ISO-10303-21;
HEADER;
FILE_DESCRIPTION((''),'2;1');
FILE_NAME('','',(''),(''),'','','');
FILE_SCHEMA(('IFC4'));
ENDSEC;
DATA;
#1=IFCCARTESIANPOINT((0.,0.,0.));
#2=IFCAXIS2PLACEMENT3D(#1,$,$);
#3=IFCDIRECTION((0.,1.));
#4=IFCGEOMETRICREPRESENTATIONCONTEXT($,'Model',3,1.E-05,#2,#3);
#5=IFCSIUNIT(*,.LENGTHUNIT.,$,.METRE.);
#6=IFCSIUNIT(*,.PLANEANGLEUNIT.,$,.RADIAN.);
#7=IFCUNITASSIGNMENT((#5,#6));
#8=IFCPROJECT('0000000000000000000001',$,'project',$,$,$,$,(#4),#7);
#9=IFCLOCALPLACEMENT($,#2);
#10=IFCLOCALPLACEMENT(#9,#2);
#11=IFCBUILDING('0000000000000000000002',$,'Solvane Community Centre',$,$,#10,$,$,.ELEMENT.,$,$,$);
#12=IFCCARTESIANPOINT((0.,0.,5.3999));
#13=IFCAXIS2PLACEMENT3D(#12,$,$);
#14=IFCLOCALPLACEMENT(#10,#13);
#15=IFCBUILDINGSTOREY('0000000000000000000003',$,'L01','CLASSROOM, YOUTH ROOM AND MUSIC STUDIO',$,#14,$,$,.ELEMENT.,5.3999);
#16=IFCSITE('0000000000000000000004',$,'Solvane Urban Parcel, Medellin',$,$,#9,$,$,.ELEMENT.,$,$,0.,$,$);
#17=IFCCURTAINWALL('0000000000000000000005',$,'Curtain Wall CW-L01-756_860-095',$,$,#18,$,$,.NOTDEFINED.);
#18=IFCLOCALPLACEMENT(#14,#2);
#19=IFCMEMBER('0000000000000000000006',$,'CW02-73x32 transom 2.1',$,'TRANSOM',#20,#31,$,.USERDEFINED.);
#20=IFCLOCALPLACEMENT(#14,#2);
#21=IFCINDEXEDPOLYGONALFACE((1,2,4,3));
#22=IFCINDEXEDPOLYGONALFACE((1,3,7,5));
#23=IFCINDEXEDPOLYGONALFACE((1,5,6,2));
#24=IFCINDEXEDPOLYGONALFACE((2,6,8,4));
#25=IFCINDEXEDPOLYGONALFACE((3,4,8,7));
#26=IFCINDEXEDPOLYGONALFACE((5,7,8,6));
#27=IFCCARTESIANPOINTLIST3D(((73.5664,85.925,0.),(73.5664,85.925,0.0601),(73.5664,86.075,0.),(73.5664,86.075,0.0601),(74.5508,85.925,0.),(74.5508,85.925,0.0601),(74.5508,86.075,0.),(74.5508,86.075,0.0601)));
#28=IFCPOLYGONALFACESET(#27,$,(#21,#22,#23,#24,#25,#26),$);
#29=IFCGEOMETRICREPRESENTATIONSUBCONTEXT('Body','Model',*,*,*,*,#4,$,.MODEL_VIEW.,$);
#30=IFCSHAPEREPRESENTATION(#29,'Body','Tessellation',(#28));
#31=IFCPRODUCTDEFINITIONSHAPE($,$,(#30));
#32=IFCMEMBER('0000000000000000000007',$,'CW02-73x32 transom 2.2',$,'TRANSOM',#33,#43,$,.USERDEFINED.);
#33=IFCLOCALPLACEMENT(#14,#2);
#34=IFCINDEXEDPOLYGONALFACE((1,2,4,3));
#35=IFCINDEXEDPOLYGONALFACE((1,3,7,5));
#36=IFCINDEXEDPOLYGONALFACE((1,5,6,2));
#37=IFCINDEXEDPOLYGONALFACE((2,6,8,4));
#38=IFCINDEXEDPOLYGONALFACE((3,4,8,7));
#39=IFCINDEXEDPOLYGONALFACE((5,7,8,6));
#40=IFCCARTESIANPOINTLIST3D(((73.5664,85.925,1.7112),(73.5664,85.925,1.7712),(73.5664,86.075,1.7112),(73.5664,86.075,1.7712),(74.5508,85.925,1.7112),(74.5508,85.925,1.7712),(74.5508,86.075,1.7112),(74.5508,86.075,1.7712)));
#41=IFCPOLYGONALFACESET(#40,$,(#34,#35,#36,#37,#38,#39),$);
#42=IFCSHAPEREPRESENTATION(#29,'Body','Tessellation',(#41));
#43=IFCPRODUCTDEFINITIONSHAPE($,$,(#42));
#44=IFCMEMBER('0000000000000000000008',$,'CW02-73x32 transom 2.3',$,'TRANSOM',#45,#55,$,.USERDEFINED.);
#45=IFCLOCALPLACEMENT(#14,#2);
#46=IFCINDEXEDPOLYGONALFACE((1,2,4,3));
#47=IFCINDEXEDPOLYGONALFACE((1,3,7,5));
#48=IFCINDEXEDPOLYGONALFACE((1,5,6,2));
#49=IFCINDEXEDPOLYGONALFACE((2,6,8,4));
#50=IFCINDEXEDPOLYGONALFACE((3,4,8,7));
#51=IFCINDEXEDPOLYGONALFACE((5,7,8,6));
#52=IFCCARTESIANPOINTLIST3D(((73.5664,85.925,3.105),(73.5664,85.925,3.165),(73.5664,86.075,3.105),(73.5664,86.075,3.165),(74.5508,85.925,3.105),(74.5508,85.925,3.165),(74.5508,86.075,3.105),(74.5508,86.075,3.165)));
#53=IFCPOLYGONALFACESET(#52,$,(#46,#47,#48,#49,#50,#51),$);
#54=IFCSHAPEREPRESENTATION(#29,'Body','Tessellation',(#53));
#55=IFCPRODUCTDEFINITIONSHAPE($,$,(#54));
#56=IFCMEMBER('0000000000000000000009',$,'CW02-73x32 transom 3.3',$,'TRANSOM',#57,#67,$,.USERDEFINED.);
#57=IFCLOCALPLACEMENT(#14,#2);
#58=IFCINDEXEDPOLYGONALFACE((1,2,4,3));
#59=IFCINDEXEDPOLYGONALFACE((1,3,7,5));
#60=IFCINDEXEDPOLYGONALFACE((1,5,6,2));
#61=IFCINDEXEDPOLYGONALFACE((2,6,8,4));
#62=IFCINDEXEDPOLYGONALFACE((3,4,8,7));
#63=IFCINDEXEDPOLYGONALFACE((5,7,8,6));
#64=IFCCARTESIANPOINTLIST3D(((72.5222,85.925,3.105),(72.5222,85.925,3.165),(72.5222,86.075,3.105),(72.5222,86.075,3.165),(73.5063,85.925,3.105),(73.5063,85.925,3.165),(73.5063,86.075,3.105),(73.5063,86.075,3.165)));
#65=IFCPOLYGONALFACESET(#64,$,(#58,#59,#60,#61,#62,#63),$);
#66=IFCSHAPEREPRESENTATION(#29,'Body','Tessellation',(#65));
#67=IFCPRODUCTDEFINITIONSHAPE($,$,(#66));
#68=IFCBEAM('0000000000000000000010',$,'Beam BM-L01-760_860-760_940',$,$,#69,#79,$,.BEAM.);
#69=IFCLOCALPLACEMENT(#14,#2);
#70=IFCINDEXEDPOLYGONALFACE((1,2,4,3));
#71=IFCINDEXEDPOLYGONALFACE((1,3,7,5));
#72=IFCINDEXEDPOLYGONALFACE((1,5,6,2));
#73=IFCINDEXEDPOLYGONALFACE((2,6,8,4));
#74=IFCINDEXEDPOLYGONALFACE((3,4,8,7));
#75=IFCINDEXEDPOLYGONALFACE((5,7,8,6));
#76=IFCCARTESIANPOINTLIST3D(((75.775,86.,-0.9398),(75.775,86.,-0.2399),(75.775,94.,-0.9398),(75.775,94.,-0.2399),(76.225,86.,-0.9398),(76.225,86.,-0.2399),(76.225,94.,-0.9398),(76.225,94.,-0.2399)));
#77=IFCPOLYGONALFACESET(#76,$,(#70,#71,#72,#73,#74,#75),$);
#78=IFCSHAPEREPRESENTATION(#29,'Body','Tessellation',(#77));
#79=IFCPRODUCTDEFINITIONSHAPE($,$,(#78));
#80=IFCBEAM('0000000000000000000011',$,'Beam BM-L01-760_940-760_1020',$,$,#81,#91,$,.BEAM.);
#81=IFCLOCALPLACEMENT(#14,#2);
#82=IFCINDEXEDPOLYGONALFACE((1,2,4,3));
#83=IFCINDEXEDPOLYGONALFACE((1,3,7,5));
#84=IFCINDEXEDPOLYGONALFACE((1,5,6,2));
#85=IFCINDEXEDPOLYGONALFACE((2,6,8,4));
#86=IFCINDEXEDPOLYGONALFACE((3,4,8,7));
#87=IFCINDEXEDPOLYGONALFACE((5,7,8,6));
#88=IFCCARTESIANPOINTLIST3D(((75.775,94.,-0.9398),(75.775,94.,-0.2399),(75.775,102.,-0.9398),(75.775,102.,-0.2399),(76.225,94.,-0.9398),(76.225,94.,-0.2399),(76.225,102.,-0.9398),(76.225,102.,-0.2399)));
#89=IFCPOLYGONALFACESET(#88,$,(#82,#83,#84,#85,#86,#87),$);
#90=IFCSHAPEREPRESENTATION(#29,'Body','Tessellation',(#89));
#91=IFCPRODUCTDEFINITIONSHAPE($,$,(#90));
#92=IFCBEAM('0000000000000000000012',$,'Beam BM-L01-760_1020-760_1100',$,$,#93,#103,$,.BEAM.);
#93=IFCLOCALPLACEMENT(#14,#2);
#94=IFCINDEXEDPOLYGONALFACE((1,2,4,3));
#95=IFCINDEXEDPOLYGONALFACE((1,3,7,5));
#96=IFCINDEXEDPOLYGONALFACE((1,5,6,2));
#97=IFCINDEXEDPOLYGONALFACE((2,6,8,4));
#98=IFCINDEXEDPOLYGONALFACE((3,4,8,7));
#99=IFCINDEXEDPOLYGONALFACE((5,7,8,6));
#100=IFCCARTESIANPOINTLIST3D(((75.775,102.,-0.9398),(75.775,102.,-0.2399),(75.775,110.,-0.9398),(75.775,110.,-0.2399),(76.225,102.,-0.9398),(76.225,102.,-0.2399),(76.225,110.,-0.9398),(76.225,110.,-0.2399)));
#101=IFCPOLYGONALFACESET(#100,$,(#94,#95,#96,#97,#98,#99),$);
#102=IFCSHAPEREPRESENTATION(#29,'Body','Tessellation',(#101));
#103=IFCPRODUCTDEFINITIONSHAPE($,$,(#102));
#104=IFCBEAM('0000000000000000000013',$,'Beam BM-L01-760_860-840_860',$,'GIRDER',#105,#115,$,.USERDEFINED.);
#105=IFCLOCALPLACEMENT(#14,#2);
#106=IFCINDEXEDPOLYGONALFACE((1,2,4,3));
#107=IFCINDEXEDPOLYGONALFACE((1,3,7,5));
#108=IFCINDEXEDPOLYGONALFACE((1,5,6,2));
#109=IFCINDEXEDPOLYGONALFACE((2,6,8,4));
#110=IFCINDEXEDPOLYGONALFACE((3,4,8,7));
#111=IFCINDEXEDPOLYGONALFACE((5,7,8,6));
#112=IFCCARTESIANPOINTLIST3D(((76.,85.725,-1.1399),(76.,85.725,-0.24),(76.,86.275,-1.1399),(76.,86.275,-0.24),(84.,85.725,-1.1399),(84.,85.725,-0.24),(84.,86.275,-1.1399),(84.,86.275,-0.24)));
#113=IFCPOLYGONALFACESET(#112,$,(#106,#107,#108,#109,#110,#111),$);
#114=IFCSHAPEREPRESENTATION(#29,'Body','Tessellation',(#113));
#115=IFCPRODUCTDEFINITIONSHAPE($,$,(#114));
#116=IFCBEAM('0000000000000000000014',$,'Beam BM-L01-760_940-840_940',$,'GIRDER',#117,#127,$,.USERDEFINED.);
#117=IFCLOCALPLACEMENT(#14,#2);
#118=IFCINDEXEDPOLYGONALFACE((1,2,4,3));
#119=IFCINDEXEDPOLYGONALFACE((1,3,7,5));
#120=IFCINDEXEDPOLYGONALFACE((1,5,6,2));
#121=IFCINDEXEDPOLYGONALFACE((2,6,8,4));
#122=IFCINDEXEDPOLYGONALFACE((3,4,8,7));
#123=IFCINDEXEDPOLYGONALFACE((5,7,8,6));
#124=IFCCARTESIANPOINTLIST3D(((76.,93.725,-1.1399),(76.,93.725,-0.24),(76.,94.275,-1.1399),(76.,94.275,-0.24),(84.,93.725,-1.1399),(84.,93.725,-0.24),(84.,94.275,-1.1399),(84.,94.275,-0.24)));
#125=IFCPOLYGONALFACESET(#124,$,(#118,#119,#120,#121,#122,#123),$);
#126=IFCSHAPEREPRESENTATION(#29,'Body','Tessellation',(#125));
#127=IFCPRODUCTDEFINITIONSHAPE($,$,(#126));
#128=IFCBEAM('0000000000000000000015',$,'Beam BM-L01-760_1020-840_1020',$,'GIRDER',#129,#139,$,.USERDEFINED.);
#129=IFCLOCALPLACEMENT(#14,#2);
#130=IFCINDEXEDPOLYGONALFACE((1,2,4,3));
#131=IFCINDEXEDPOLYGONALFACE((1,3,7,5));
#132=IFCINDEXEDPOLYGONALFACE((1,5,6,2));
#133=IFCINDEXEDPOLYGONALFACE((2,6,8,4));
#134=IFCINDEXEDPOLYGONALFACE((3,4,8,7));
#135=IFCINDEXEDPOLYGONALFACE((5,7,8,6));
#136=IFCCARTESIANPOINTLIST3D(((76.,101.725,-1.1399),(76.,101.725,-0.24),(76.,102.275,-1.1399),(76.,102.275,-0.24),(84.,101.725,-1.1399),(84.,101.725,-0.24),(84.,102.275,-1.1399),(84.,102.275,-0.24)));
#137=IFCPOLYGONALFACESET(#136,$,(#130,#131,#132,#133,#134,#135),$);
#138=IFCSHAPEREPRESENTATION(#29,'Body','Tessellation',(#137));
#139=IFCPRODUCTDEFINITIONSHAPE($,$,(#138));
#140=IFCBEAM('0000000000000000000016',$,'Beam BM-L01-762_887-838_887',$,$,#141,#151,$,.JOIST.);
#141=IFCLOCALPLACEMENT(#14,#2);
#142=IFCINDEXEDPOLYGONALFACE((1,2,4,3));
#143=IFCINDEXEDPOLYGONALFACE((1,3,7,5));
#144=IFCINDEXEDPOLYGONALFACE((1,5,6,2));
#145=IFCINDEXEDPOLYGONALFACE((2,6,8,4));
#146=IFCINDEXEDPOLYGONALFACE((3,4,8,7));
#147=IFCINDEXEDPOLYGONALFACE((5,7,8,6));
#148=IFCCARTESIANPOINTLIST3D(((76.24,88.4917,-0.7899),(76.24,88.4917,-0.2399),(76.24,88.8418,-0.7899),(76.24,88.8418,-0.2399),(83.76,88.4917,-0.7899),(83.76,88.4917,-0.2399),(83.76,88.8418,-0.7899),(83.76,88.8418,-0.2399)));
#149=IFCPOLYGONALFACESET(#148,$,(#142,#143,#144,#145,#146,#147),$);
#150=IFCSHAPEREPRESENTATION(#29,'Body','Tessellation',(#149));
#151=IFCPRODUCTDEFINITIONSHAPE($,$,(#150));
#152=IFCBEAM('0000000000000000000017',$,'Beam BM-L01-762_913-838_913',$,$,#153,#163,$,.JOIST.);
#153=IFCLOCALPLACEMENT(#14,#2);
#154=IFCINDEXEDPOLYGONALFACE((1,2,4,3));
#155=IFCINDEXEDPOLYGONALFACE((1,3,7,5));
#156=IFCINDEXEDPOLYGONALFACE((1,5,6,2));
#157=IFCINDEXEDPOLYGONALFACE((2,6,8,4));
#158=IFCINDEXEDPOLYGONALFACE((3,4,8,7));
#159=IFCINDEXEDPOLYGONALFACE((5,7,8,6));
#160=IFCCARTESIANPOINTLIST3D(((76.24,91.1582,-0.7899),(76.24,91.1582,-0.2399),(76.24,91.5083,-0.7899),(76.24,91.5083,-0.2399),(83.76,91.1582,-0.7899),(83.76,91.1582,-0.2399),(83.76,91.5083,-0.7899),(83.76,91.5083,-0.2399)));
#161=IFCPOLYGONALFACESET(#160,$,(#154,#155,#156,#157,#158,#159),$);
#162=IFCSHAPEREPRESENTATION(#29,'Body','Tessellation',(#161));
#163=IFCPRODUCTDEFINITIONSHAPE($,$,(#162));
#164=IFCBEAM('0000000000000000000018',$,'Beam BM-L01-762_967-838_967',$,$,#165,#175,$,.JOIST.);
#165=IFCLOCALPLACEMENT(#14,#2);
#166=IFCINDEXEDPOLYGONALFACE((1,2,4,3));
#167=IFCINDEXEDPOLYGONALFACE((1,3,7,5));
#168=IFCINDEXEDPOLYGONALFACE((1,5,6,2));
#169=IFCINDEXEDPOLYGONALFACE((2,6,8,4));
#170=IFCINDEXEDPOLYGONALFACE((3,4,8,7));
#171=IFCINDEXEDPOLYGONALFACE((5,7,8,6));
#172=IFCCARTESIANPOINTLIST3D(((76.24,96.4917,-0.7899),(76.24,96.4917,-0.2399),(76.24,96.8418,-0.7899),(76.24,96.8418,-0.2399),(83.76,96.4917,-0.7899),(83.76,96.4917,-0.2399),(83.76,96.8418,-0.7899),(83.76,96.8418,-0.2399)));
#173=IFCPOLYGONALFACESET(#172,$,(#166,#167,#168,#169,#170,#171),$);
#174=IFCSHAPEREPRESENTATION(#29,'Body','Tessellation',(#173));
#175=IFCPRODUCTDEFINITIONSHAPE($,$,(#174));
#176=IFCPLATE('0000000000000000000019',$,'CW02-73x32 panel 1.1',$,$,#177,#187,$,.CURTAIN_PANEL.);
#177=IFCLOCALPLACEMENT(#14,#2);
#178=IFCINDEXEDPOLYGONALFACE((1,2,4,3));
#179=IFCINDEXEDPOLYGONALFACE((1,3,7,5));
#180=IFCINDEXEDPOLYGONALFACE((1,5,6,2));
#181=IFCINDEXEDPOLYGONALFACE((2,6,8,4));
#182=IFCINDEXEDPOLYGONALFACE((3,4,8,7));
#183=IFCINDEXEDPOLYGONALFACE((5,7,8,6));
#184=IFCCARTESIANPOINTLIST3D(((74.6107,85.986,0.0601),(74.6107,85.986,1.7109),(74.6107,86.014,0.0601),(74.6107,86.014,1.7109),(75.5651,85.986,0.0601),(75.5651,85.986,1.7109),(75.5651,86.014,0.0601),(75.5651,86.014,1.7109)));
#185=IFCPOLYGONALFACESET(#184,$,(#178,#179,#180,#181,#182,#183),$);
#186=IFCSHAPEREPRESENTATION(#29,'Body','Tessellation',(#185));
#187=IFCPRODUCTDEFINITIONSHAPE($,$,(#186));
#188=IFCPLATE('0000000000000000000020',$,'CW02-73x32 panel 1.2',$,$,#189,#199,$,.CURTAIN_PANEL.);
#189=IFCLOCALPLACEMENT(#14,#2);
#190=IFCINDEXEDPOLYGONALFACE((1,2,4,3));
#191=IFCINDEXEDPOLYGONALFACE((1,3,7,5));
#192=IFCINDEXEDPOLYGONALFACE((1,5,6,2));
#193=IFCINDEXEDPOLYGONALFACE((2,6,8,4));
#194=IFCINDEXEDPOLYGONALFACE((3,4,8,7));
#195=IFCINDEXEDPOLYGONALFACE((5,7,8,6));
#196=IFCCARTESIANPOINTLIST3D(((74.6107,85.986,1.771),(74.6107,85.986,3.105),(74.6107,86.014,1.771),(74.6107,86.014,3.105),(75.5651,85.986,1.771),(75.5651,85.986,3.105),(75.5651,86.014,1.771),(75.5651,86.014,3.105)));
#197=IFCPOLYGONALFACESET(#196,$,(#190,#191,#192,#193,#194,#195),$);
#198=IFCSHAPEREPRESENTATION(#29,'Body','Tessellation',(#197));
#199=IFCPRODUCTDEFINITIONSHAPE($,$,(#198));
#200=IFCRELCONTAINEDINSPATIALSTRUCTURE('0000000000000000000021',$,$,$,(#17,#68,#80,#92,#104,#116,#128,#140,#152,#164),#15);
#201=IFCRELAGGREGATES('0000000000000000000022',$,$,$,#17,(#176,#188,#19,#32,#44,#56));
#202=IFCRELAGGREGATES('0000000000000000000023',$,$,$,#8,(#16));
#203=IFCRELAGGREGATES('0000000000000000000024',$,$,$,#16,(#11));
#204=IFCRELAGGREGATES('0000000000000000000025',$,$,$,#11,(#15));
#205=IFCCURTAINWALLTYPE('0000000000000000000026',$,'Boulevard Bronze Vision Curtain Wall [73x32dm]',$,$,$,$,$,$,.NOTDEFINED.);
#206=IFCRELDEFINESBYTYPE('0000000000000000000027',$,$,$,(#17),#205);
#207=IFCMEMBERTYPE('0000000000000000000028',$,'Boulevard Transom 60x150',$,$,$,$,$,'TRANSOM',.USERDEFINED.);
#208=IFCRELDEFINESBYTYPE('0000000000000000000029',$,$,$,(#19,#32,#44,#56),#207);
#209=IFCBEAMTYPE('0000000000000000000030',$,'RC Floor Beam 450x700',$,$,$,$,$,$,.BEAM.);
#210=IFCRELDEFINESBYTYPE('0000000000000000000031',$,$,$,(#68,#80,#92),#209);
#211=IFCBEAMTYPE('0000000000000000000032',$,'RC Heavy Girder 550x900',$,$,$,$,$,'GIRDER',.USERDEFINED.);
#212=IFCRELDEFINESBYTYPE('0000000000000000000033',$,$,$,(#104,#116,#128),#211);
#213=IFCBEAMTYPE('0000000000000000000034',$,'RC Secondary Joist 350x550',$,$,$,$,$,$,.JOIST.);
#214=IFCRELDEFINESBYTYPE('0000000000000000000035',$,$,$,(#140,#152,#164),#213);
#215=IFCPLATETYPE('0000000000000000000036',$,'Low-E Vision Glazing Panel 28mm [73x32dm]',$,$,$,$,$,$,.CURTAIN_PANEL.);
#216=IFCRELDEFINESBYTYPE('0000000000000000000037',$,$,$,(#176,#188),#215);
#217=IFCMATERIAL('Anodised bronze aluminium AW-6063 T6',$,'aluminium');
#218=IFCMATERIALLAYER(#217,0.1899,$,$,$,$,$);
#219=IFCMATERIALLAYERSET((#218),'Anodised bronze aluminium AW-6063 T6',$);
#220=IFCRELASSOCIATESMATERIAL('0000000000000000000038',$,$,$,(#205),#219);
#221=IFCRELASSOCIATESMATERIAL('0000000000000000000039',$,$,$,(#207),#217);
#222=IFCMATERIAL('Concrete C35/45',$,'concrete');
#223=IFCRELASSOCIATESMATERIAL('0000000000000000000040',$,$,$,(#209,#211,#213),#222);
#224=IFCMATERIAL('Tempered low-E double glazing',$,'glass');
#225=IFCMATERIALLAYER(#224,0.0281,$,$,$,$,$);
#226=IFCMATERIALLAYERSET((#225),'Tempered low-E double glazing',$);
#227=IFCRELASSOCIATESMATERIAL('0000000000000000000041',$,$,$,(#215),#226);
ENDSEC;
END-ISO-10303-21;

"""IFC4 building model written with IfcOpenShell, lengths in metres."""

from ifc_helpers import new_model, si_unit, direction, frame, origin, origin_2d, place, context, subcontext, project, spatial, rectangle, extrude, material, layer, layer_set, material_profile, profile_set, type_object, element, aggregate, save


model = new_model("IFC4")

# Units and contexts
model_context = context("Model", 3, precision=1e-05, world=origin(), true_north=direction((0.0, 1.0)))
body_context = subcontext(model_context, "Body", "Model", "MODEL_VIEW")
ifc_project = project(units=[si_unit("LENGTHUNIT", "METRE"), si_unit("PLANEANGLEUNIT", "RADIAN")], contexts=[model_context])

# Site, building, storey
site_placement = place(None, origin())
site = spatial("IfcSite", under=ifc_project, at=site_placement, Name="Solvane Urban Parcel, Medellin", CompositionType="ELEMENT", RefElevation=0.0)
building_placement = place(site_placement, origin())
building = spatial("IfcBuilding", under=site, at=building_placement, Name="Solvane Community Centre", CompositionType="ELEMENT")
storey_placement = place(building_placement, frame((0.0, 0.0, 5.3999)))
storey = spatial("IfcBuildingStorey", under=building, at=storey_placement, Name="L01", Description="CLASSROOM, YOUTH ROOM AND MUSIC STUDIO", CompositionType="ELEMENT", Elevation=5.3999)

# Shared definitions
ifc_material_1 = material(Name="Concrete C35/45", Category="concrete")

# Curtain wall, members
ifc_material_2 = material(Name="Anodised bronze aluminium AW-6063 T6", Category="aluminium")
ifc_layer_1 = layer(ifc_material_2, 0.1899)
ifc_layer_set_1 = layer_set([ifc_layer_1], Name="Anodised bronze aluminium AW-6063 T6")
curtain_wall_type = type_object("IfcCurtainWallType", Name="Boulevard Bronze Vision Curtain Wall [73x32dm]", PredefinedType="NOTDEFINED", material=ifc_layer_set_1)
curtain_wall_placement = place(storey_placement, origin())
curtain_wall = element("IfcCurtainWall", 1, at=curtain_wall_placement, inside=storey, type_object=curtain_wall_type, Name="Curtain Wall CW-L01-756_860-095", PredefinedType="NOTDEFINED")
ifc_material_profile_1 = material_profile(ifc_material_2, rectangle(XDim=0.1499, YDim=0.0601, at=origin_2d()), Name="CW-T 60x150")
ifc_profile_set_1 = profile_set([ifc_material_profile_1], Name="Anodised bronze aluminium AW-6063 T6")
member_type_1 = type_object("IfcMemberType", Name="Boulevard Transom 60x150", ElementType="TRANSOM", PredefinedType="USERDEFINED", material=ifc_profile_set_1)
member_1_placement = place(storey_placement, frame((74.5508, 86.0, 0.03), z_axis=(-1.0, 0.0, 0.0), x_axis=(0.0, -1.0, 0.0)))
member_1 = element("IfcMember", 2, at=member_1_placement, type_object=member_type_1, Name="CW02-73x32 transom 2.1", ObjectType="TRANSOM", PredefinedType="USERDEFINED", context=body_context, shape_type="SweptSolid", body=[
    extrude(rectangle(XDim=0.1499, YDim=0.0601, at=origin_2d()), origin(), (0.0, 0.0, 1.0), 0.9844),
])
member_2_placement = place(storey_placement, frame((74.5508, 86.0, 1.7412), z_axis=(-1.0, 0.0, 0.0), x_axis=(0.0, -1.0, 0.0)))
member_2 = element("IfcMember", 3, at=member_2_placement, type_object=member_type_1, Name="CW02-73x32 transom 2.2", ObjectType="TRANSOM", PredefinedType="USERDEFINED", context=body_context, shape_type="SweptSolid", body=[
    extrude(rectangle(XDim=0.1499, YDim=0.0601, at=origin_2d()), origin(), (0.0, 0.0, 1.0), 0.9844),
])
member_3_placement = place(storey_placement, frame((74.5508, 86.0, 3.135), z_axis=(-1.0, 0.0, 0.0), x_axis=(0.0, -1.0, 0.0)))
member_3 = element("IfcMember", 4, at=member_3_placement, type_object=member_type_1, Name="CW02-73x32 transom 2.3", ObjectType="TRANSOM", PredefinedType="USERDEFINED", context=body_context, shape_type="SweptSolid", body=[
    extrude(rectangle(XDim=0.1499, YDim=0.0601, at=origin_2d()), origin(), (0.0, 0.0, 1.0), 0.9844),
])
member_4_placement = place(storey_placement, frame((73.5063, 86.0, 3.135), z_axis=(-1.0, 0.0, 0.0), x_axis=(0.0, -1.0, 0.0)))
member_4 = element("IfcMember", 5, at=member_4_placement, type_object=member_type_1, Name="CW02-73x32 transom 3.3", ObjectType="TRANSOM", PredefinedType="USERDEFINED", context=body_context, shape_type="SweptSolid", body=[
    extrude(rectangle(XDim=0.1499, YDim=0.0601, at=origin_2d()), origin(), (0.0, 0.0, 1.0), 0.9841),
])

# Beams
ifc_material_profile_2 = material_profile(ifc_material_1, rectangle(XDim=0.45, YDim=0.7, at=origin_2d()), Name="RC 450x700")
ifc_profile_set_2 = profile_set([ifc_material_profile_2], Name="Concrete C35/45")
beam_type_1 = type_object("IfcBeamType", Name="RC Floor Beam 450x700", PredefinedType="BEAM", material=ifc_profile_set_2)
for number, where, z_axis, x_axis, name in (
    (6, (76.0, 86.0, -0.5898), (0.0, 1.0, 0.0), (-1.0, 0.0, 0.0), "Beam BM-L01-760_860-760_940"),
    (7, (76.0, 94.0, -0.5898), (0.0, 1.0, 0.0), (-1.0, 0.0, 0.0), "Beam BM-L01-760_940-760_1020"),
    (8, (76.0, 102.0, -0.5898), (0.0, 1.0, 0.0), (-1.0, 0.0, 0.0), "Beam BM-L01-760_1020-760_1100"),
):
    element("IfcBeam", number, at=place(storey_placement, frame(where, z_axis=z_axis, x_axis=x_axis)), inside=storey, type_object=beam_type_1, Name=name, PredefinedType="BEAM", context=body_context, shape_type="SweptSolid", body=[
        extrude(rectangle(XDim=0.45, YDim=0.7, at=origin_2d()), origin(), (0.0, 0.0, 1.0), 8.0),
    ])
ifc_material_profile_3 = material_profile(ifc_material_1, rectangle(XDim=0.55, YDim=0.8999, at=origin_2d()), Name="RC 550x900")
ifc_profile_set_3 = profile_set([ifc_material_profile_3], Name="Concrete C35/45")
beam_type_2 = type_object("IfcBeamType", Name="RC Heavy Girder 550x900", ElementType="GIRDER", PredefinedType="USERDEFINED", material=ifc_profile_set_3)
for number, where, z_axis, x_axis, name in (
    (9, (76.0, 86.0, -0.6899), (1.0, 0.0, 0.0), (0.0, 1.0, 0.0), "Beam BM-L01-760_860-840_860"),
    (10, (76.0, 94.0, -0.6899), (1.0, 0.0, 0.0), (0.0, 1.0, 0.0), "Beam BM-L01-760_940-840_940"),
    (11, (76.0, 102.0, -0.6899), (1.0, 0.0, 0.0), (0.0, 1.0, 0.0), "Beam BM-L01-760_1020-840_1020"),
):
    element("IfcBeam", number, at=place(storey_placement, frame(where, z_axis=z_axis, x_axis=x_axis)), inside=storey, type_object=beam_type_2, Name=name, ObjectType="GIRDER", PredefinedType="USERDEFINED", context=body_context, shape_type="SweptSolid", body=[
        extrude(rectangle(XDim=0.55, YDim=0.8999, at=origin_2d()), origin(), (0.0, 0.0, 1.0), 8.0),
    ])
ifc_material_profile_4 = material_profile(ifc_material_1, rectangle(XDim=0.3501, YDim=0.55, at=origin_2d()), Name="RC 350x550")
ifc_profile_set_4 = profile_set([ifc_material_profile_4], Name="Concrete C35/45")
beam_type_3 = type_object("IfcBeamType", Name="RC Secondary Joist 350x550", PredefinedType="JOIST", material=ifc_profile_set_4)
for number, where, z_axis, x_axis, name in (
    (12, (76.24, 88.6667, -0.5149), (1.0, 0.0, 0.0), (0.0, 1.0, 0.0), "Beam BM-L01-762_887-838_887"),
    (13, (76.24, 91.3333, -0.5149), (1.0, 0.0, 0.0), (0.0, 1.0, 0.0), "Beam BM-L01-762_913-838_913"),
    (14, (76.24, 96.6667, -0.5149), (1.0, 0.0, 0.0), (0.0, 1.0, 0.0), "Beam BM-L01-762_967-838_967"),
):
    element("IfcBeam", number, at=place(storey_placement, frame(where, z_axis=z_axis, x_axis=x_axis)), inside=storey, type_object=beam_type_3, Name=name, PredefinedType="JOIST", context=body_context, shape_type="SweptSolid", body=[
        extrude(rectangle(XDim=0.3501, YDim=0.55, at=origin_2d()), origin(), (0.0, 0.0, 1.0), 7.52),
    ])

# Plates
ifc_material_3 = material(Name="Tempered low-E double glazing", Category="glass")
ifc_layer_2 = layer(ifc_material_3, 0.0281)
ifc_layer_set_2 = layer_set([ifc_layer_2], Name="Tempered low-E double glazing")
plate_type = type_object("IfcPlateType", Name="Low-E Vision Glazing Panel 28mm [73x32dm]", PredefinedType="CURTAIN_PANEL", material=ifc_layer_set_2)
plate_1_placement = place(storey_placement, frame((75.0879, 86.0, 0.0601), z_axis=(0.0, 0.0, 1.0), x_axis=(-1.0, 0.0, 0.0)))
plate_1 = element("IfcPlate", 15, at=plate_1_placement, type_object=plate_type, Name="CW02-73x32 panel 1.1", PredefinedType="CURTAIN_PANEL", context=body_context, shape_type="SweptSolid", body=[
    extrude(rectangle(XDim=0.9543, YDim=0.0281, at=origin_2d()), origin(), (0.0, 0.0, 1.0), 1.6509),
])
plate_2_placement = place(storey_placement, frame((75.0879, 86.0, 1.771), z_axis=(0.0, 0.0, 1.0), x_axis=(-1.0, 0.0, 0.0)))
plate_2 = element("IfcPlate", 16, at=plate_2_placement, type_object=plate_type, Name="CW02-73x32 panel 1.2", PredefinedType="CURTAIN_PANEL", context=body_context, shape_type="SweptSolid", body=[
    extrude(rectangle(XDim=0.9543, YDim=0.0281, at=origin_2d()), origin(), (0.0, 0.0, 1.0), 1.334),
])
aggregate(curtain_wall, [plate_1, plate_2, member_1, member_2, member_3, member_4])

save(model, "model.ifc")
